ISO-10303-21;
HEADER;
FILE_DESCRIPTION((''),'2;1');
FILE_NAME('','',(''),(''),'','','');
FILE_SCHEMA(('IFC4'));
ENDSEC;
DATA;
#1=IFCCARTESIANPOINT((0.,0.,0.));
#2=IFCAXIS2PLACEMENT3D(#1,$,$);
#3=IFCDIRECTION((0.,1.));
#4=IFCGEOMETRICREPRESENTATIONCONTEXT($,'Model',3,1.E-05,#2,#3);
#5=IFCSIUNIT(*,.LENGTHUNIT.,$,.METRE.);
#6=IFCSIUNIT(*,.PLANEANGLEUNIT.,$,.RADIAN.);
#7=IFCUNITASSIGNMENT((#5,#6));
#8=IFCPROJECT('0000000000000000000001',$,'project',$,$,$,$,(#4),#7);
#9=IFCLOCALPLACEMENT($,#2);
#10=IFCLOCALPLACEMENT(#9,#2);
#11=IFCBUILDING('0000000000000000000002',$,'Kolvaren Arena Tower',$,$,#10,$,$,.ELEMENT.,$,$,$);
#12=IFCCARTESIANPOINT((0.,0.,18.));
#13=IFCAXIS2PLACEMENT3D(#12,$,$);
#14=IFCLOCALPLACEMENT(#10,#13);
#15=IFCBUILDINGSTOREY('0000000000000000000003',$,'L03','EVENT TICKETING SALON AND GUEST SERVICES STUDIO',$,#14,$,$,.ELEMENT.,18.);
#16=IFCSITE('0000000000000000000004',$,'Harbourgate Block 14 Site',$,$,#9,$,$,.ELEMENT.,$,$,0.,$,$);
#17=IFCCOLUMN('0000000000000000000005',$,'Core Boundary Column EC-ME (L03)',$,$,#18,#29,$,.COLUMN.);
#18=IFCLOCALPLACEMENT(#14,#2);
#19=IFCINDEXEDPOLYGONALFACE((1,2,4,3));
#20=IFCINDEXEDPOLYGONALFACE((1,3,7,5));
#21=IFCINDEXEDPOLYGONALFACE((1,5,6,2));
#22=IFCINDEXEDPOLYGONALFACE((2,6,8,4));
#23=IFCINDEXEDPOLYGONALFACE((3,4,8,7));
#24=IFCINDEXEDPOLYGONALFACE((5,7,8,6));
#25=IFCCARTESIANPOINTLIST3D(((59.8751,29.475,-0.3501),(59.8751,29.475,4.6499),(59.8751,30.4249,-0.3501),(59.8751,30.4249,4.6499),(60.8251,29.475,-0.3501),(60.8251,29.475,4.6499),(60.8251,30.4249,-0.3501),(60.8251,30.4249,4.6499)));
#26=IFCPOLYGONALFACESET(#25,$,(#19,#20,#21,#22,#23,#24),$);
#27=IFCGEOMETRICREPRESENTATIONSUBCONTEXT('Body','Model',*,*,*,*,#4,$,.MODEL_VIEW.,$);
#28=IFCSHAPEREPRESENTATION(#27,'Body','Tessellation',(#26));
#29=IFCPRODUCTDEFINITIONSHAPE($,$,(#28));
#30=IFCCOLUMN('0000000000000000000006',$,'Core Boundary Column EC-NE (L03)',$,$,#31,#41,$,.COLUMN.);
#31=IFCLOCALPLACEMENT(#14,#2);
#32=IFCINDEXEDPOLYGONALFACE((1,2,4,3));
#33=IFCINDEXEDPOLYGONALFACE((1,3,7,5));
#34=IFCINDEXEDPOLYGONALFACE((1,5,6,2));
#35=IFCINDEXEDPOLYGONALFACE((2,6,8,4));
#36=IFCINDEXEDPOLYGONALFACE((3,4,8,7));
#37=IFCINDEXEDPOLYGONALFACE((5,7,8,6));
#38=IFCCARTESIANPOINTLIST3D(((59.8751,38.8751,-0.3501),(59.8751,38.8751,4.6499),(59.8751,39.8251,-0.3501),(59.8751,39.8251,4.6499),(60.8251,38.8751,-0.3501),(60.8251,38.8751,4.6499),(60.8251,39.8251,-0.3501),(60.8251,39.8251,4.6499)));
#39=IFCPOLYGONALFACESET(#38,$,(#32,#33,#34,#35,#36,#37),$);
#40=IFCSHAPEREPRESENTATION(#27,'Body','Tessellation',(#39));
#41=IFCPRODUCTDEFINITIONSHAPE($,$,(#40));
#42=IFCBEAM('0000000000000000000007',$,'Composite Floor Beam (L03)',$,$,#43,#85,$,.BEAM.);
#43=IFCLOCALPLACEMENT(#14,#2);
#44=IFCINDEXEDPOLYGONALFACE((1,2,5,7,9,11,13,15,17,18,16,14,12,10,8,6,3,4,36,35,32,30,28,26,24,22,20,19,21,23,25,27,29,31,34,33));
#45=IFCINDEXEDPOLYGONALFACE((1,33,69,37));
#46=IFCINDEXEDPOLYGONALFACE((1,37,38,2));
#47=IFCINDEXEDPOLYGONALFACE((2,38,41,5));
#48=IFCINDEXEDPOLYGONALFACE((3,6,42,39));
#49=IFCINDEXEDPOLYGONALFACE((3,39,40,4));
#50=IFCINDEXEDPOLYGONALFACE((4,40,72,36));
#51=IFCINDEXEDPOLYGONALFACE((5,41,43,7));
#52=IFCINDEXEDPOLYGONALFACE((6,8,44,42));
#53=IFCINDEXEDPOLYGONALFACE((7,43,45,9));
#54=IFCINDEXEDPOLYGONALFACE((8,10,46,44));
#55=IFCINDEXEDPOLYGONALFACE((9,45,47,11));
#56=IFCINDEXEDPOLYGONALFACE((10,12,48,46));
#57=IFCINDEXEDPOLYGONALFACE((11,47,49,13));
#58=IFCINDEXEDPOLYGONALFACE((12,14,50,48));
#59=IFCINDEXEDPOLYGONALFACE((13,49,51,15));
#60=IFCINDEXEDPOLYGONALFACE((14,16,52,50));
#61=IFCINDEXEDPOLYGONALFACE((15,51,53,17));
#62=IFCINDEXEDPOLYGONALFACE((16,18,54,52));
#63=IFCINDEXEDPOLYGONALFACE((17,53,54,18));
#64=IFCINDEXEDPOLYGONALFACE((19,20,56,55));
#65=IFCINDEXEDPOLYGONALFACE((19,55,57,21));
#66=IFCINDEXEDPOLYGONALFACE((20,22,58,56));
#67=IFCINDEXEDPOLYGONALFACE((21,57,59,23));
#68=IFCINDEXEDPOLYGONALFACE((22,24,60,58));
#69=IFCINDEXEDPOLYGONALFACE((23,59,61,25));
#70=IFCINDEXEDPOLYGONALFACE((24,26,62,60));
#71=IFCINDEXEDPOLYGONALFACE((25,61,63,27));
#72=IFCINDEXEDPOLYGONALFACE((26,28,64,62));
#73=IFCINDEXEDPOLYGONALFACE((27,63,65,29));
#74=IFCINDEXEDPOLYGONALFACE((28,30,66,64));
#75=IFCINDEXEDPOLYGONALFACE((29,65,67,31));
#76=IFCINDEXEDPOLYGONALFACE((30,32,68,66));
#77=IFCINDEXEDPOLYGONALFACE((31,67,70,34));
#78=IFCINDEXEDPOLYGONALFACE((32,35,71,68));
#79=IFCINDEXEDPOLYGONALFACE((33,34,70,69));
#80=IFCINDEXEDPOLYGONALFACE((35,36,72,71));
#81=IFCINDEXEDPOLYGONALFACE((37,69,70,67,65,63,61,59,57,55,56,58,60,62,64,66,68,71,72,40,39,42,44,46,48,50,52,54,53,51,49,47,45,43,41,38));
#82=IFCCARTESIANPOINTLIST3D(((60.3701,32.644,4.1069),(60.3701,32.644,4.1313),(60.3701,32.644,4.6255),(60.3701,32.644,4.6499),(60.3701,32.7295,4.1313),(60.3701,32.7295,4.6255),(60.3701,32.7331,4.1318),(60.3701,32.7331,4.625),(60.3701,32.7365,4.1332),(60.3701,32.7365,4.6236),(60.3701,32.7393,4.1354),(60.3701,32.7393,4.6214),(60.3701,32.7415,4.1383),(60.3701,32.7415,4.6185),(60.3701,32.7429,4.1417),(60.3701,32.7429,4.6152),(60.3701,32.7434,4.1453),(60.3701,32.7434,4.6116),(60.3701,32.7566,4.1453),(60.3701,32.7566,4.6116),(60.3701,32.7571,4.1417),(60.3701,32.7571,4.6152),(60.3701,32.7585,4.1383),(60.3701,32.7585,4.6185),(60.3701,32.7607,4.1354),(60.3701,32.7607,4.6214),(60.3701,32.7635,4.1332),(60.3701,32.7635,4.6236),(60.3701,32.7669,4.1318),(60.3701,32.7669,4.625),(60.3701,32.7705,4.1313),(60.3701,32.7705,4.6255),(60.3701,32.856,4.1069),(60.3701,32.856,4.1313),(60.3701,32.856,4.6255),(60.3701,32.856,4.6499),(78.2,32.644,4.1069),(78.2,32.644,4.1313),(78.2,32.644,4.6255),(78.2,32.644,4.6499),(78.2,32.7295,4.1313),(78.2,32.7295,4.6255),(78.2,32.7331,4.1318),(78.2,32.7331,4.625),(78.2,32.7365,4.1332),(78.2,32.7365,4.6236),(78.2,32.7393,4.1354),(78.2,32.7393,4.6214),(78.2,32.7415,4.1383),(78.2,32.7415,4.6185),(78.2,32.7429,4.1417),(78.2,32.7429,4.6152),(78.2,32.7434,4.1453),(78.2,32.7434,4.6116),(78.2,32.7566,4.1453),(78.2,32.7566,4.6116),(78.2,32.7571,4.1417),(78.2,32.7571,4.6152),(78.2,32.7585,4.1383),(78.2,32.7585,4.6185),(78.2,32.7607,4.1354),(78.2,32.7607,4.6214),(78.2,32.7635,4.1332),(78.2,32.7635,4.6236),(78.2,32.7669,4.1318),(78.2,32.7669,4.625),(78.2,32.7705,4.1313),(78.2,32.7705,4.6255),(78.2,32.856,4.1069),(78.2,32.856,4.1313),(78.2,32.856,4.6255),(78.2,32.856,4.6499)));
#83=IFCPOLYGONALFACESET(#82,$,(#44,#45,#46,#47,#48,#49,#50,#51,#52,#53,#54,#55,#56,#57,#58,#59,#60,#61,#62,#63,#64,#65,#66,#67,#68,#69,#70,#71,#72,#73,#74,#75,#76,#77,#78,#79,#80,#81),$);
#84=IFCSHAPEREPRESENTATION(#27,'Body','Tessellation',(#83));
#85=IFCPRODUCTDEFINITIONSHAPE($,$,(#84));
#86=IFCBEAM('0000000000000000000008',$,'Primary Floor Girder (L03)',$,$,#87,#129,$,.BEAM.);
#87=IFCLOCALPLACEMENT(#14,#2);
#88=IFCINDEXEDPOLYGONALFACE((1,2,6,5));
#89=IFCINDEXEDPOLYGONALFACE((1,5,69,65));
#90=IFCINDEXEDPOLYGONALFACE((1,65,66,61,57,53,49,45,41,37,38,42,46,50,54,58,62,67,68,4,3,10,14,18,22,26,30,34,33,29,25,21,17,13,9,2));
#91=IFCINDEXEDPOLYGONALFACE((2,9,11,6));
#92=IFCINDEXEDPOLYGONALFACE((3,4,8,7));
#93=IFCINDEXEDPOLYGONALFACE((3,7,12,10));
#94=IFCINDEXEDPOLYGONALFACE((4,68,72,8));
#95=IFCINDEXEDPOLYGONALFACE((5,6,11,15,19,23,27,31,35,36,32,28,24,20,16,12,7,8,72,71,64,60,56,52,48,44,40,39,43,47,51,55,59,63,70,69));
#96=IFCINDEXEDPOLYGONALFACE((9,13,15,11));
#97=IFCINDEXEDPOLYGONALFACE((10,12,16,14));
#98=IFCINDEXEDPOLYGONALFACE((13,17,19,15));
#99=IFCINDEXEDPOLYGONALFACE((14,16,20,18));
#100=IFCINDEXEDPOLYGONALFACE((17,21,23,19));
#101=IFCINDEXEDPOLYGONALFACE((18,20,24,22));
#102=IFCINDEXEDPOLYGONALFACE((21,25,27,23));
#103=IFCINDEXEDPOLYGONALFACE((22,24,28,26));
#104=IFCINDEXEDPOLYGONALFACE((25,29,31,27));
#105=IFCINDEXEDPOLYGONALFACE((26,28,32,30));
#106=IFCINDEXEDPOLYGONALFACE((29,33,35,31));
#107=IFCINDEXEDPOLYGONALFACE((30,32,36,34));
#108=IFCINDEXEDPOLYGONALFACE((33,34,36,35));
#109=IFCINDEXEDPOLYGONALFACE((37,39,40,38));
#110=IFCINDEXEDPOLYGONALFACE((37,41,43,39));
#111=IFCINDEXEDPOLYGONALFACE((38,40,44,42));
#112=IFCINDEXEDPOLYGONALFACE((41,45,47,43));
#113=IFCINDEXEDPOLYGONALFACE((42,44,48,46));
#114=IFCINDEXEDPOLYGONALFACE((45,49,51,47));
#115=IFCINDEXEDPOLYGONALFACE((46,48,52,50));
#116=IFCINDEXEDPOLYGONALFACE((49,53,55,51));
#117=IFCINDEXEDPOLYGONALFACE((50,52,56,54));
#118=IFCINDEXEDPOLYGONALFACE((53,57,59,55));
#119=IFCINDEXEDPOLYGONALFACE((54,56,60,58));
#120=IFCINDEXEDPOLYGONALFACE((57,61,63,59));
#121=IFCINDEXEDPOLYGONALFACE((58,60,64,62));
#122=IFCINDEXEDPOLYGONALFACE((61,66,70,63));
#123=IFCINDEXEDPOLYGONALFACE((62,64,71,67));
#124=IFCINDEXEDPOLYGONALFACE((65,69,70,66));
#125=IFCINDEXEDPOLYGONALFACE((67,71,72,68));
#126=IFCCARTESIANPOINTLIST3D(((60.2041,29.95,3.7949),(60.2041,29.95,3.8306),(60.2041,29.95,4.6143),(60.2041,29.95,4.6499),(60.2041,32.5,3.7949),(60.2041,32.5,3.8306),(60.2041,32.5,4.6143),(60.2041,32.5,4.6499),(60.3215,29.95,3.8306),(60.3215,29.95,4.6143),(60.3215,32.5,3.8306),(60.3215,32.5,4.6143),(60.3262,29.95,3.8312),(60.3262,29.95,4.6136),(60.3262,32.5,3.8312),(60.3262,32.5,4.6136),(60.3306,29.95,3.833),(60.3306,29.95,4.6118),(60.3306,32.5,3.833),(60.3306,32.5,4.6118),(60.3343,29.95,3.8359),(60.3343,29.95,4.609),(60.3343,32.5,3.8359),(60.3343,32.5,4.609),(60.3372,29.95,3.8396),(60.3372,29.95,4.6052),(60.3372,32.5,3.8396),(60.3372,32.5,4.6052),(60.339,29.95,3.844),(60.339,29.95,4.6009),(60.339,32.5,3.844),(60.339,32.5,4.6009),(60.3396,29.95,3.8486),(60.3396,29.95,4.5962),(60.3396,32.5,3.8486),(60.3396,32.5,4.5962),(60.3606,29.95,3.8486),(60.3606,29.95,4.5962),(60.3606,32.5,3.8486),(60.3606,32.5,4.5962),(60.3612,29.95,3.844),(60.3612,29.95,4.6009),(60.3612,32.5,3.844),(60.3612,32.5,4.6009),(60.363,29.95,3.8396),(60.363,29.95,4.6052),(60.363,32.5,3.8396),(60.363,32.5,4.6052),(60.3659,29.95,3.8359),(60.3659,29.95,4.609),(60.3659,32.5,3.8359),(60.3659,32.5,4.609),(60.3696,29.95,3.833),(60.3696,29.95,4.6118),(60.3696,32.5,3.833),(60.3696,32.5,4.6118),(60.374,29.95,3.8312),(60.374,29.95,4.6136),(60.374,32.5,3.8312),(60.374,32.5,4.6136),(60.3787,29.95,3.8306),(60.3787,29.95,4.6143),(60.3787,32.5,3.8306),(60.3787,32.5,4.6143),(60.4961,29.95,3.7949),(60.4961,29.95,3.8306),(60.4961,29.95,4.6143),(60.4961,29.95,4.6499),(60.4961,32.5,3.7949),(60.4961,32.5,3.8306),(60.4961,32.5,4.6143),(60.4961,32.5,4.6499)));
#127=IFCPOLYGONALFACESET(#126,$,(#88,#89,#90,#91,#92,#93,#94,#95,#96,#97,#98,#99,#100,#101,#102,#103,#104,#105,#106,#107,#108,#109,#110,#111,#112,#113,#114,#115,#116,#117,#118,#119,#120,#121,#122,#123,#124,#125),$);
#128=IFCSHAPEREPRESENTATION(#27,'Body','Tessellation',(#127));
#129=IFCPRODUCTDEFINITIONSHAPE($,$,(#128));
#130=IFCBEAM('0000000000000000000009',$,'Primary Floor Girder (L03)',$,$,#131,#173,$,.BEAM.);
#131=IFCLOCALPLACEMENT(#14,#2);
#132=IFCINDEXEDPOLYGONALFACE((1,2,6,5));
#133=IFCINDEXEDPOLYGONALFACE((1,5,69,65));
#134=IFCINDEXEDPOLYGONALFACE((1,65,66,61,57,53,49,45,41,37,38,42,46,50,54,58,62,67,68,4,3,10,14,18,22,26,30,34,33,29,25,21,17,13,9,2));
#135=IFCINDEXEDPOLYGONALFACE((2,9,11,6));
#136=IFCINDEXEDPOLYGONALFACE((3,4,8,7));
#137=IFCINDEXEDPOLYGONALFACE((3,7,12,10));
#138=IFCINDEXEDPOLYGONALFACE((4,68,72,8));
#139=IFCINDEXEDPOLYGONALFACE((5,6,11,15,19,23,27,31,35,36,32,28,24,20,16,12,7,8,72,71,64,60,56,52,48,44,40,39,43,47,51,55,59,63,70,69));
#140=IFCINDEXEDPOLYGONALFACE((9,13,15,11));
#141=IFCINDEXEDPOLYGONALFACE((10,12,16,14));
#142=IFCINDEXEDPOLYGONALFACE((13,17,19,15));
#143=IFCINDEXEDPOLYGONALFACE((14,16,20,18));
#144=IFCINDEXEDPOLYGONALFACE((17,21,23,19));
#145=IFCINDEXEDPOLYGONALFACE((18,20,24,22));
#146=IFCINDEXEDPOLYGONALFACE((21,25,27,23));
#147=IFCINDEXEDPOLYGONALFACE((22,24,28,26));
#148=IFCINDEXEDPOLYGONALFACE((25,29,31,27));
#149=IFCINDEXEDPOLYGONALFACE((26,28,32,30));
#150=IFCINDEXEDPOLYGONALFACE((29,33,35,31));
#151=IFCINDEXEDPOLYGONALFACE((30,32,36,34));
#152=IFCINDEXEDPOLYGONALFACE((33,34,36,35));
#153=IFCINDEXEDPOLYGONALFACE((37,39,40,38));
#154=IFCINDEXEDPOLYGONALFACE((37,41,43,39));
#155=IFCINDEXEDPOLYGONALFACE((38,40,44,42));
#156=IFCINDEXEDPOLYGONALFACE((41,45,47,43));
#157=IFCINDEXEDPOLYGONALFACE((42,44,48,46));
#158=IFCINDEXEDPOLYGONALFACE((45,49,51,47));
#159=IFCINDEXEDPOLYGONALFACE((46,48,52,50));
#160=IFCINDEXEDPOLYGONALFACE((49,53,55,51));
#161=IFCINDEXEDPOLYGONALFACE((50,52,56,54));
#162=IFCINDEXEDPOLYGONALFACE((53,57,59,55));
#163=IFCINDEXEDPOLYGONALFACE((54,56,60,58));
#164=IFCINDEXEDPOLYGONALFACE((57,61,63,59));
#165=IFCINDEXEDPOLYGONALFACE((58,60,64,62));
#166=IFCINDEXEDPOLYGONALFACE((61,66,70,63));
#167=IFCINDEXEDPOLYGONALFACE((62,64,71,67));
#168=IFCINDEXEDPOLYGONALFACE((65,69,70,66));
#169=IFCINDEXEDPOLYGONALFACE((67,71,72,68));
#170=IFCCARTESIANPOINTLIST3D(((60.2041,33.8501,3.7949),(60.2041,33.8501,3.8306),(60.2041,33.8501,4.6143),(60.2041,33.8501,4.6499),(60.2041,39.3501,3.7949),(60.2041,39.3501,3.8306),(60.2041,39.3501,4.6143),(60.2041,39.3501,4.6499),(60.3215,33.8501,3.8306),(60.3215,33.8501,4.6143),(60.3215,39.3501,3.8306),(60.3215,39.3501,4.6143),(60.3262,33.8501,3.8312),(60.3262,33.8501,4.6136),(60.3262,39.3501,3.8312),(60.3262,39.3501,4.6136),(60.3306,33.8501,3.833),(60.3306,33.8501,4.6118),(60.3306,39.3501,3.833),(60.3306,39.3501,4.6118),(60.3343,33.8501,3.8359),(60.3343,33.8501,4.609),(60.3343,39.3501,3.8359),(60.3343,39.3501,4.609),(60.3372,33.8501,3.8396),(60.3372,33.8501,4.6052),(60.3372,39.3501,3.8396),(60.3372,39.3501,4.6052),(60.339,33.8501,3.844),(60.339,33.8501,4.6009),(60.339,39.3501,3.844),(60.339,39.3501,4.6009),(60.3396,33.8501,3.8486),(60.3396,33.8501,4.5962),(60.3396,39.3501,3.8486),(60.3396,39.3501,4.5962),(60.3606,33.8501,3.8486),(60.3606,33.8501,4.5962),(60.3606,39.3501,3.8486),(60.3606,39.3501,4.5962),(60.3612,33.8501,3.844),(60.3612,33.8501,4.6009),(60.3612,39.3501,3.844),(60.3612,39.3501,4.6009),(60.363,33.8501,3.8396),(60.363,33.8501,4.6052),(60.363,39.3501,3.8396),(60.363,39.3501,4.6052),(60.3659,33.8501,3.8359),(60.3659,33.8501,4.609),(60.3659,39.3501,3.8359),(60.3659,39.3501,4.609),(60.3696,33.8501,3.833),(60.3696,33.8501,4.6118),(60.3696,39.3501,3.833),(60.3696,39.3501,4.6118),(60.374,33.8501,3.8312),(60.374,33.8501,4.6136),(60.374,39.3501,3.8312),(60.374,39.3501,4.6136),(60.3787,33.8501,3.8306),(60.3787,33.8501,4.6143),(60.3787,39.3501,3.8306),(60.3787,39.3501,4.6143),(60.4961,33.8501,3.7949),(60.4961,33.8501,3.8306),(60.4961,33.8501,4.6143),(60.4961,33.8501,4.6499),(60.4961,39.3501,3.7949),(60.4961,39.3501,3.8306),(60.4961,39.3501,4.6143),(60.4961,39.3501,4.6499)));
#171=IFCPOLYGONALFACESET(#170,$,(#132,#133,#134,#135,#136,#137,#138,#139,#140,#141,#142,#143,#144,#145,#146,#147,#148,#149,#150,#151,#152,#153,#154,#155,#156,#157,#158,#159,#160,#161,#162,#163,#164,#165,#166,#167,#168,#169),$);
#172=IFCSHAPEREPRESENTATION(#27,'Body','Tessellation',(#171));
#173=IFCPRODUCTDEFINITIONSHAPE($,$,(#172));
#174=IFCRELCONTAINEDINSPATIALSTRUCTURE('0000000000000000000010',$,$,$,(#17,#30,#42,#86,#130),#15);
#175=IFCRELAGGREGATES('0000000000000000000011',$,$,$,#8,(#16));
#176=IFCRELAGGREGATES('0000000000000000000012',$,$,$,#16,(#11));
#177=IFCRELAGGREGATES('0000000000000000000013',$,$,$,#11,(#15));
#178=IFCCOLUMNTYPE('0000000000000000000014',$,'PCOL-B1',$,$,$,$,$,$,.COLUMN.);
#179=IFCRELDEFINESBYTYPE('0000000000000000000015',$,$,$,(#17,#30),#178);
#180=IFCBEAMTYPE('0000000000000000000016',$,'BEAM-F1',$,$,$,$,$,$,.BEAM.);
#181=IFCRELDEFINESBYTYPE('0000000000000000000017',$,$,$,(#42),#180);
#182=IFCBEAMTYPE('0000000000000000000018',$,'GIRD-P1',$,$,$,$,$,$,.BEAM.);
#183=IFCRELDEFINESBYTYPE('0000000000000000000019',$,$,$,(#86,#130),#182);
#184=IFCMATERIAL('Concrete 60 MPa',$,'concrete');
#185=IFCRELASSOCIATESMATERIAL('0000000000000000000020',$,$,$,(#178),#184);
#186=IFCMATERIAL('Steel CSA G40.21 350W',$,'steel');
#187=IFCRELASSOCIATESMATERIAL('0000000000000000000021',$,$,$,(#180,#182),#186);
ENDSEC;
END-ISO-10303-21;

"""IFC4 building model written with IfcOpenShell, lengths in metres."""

from ifc_helpers import new_model, si_unit, direction, frame, origin, origin_2d, place, context, subcontext, project, spatial, rectangle, i_section, extrude, material, material_profile, profile_set, type_object, element, save


model = new_model("IFC4")

# Units and contexts
model_context = context("Model", 3, precision=1e-05, world=origin(), true_north=direction((0.0, 1.0)))
body_context = subcontext(model_context, "Body", "Model", "MODEL_VIEW")
ifc_project = project(units=[si_unit("LENGTHUNIT", "METRE"), si_unit("PLANEANGLEUNIT", "RADIAN")], contexts=[model_context])

# Site, building, storey
site_placement = place(None, origin())
site = spatial("IfcSite", under=ifc_project, at=site_placement, Name="Harbourgate Block 14 Site", CompositionType="ELEMENT", RefElevation=0.0)
building_placement = place(site_placement, origin())
building = spatial("IfcBuilding", under=site, at=building_placement, Name="Kolvaren Arena Tower", CompositionType="ELEMENT")
storey_placement = place(building_placement, frame((0.0, 0.0, 18.0)))
storey = spatial("IfcBuildingStorey", under=building, at=storey_placement, Name="L03", Description="EVENT TICKETING SALON AND GUEST SERVICES STUDIO", CompositionType="ELEMENT", Elevation=18.0)

# Columns
ifc_material_1 = material(Name="Concrete 60 MPa", Category="concrete")
ifc_material_profile_1 = material_profile(ifc_material_1, rectangle(XDim=0.95, YDim=0.95, at=origin_2d()), Name="RC-950x950")
ifc_profile_set_1 = profile_set([ifc_material_profile_1], Name="Concrete 60 MPa")
column_type = type_object("IfcColumnType", Name="PCOL-B1", PredefinedType="COLUMN", material=ifc_profile_set_1)
for number, where, z_axis, x_axis, name in (
    (1, (60.3501, 29.95, -0.3501), (0.0, 0.0, 1.0), (1.0, 0.0, 0.0), "Core Boundary Column EC-ME (L03)"),
    (2, (60.3501, 39.3501, -0.3501), (0.0, 0.0, 1.0), (1.0, 0.0, 0.0), "Core Boundary Column EC-NE (L03)"),
):
    element("IfcColumn", number, at=place(storey_placement, frame(where, z_axis=z_axis, x_axis=x_axis)), inside=storey, type_object=column_type, Name=name, PredefinedType="COLUMN", context=body_context, shape_type="SweptSolid", body=[
        extrude(rectangle(XDim=0.95, YDim=0.95, at=origin_2d()), origin(), (0.0, 0.0, 1.0), 5.0),
    ])

# Beams
ifc_material_2 = material(Name="Steel CSA G40.21 350W", Category="steel")
ifc_material_profile_2 = material_profile(ifc_material_2, i_section(OverallWidth=0.2119, OverallDepth=0.543, WebThickness=0.0132, FlangeThickness=0.0244, FilletRadius=0.0139, at=origin_2d()), Name="W530x150")
ifc_profile_set_2 = profile_set([ifc_material_profile_2], Name="Steel CSA G40.21 350W")
beam_type_1 = type_object("IfcBeamType", Name="BEAM-F1", PredefinedType="BEAM", material=ifc_profile_set_2)
beam_1_placement = place(storey_placement, frame((60.3701, 32.75, 4.3784), z_axis=(1.0, 0.0, 0.0), x_axis=(0.0, 1.0, 0.0)))
element("IfcBeam", 3, at=beam_1_placement, inside=storey, type_object=beam_type_1, Name="Composite Floor Beam (L03)", PredefinedType="BEAM", context=body_context, shape_type="SweptSolid", body=[
    extrude(i_section(OverallWidth=0.2119, OverallDepth=0.543, WebThickness=0.0132, FlangeThickness=0.0244, FilletRadius=0.0139, at=origin_2d()), origin(), (0.0, 0.0, 1.0), 17.8298),
])
ifc_material_profile_3 = material_profile(ifc_material_2, i_section(OverallWidth=0.292, OverallDepth=0.855, WebThickness=0.021, FlangeThickness=0.0356, FilletRadius=0.0181, at=origin_2d()), Name="W840x299")
ifc_profile_set_3 = profile_set([ifc_material_profile_3], Name="Steel CSA G40.21 350W")
beam_type_2 = type_object("IfcBeamType", Name="GIRD-P1", PredefinedType="BEAM", material=ifc_profile_set_3)
beam_2_placement = place(storey_placement, frame((60.3501, 29.95, 4.2224), z_axis=(0.0, 1.0, 0.0), x_axis=(-1.0, 0.0, 0.0)))
element("IfcBeam", 4, at=beam_2_placement, inside=storey, type_object=beam_type_2, Name="Primary Floor Girder (L03)", PredefinedType="BEAM", context=body_context, shape_type="SweptSolid", body=[
    extrude(i_section(OverallWidth=0.292, OverallDepth=0.855, WebThickness=0.021, FlangeThickness=0.0356, FilletRadius=0.0181, at=origin_2d()), origin(), (0.0, 0.0, 1.0), 2.55),
])
beam_3_placement = place(storey_placement, frame((60.3501, 33.8501, 4.2224), z_axis=(0.0, 1.0, 0.0), x_axis=(-1.0, 0.0, 0.0)))
element("IfcBeam", 5, at=beam_3_placement, inside=storey, type_object=beam_type_2, Name="Primary Floor Girder (L03)", PredefinedType="BEAM", context=body_context, shape_type="SweptSolid", body=[
    extrude(i_section(OverallWidth=0.292, OverallDepth=0.855, WebThickness=0.021, FlangeThickness=0.0356, FilletRadius=0.0181, at=origin_2d()), origin(), (0.0, 0.0, 1.0), 5.5),
])

save(model, "model.ifc")
